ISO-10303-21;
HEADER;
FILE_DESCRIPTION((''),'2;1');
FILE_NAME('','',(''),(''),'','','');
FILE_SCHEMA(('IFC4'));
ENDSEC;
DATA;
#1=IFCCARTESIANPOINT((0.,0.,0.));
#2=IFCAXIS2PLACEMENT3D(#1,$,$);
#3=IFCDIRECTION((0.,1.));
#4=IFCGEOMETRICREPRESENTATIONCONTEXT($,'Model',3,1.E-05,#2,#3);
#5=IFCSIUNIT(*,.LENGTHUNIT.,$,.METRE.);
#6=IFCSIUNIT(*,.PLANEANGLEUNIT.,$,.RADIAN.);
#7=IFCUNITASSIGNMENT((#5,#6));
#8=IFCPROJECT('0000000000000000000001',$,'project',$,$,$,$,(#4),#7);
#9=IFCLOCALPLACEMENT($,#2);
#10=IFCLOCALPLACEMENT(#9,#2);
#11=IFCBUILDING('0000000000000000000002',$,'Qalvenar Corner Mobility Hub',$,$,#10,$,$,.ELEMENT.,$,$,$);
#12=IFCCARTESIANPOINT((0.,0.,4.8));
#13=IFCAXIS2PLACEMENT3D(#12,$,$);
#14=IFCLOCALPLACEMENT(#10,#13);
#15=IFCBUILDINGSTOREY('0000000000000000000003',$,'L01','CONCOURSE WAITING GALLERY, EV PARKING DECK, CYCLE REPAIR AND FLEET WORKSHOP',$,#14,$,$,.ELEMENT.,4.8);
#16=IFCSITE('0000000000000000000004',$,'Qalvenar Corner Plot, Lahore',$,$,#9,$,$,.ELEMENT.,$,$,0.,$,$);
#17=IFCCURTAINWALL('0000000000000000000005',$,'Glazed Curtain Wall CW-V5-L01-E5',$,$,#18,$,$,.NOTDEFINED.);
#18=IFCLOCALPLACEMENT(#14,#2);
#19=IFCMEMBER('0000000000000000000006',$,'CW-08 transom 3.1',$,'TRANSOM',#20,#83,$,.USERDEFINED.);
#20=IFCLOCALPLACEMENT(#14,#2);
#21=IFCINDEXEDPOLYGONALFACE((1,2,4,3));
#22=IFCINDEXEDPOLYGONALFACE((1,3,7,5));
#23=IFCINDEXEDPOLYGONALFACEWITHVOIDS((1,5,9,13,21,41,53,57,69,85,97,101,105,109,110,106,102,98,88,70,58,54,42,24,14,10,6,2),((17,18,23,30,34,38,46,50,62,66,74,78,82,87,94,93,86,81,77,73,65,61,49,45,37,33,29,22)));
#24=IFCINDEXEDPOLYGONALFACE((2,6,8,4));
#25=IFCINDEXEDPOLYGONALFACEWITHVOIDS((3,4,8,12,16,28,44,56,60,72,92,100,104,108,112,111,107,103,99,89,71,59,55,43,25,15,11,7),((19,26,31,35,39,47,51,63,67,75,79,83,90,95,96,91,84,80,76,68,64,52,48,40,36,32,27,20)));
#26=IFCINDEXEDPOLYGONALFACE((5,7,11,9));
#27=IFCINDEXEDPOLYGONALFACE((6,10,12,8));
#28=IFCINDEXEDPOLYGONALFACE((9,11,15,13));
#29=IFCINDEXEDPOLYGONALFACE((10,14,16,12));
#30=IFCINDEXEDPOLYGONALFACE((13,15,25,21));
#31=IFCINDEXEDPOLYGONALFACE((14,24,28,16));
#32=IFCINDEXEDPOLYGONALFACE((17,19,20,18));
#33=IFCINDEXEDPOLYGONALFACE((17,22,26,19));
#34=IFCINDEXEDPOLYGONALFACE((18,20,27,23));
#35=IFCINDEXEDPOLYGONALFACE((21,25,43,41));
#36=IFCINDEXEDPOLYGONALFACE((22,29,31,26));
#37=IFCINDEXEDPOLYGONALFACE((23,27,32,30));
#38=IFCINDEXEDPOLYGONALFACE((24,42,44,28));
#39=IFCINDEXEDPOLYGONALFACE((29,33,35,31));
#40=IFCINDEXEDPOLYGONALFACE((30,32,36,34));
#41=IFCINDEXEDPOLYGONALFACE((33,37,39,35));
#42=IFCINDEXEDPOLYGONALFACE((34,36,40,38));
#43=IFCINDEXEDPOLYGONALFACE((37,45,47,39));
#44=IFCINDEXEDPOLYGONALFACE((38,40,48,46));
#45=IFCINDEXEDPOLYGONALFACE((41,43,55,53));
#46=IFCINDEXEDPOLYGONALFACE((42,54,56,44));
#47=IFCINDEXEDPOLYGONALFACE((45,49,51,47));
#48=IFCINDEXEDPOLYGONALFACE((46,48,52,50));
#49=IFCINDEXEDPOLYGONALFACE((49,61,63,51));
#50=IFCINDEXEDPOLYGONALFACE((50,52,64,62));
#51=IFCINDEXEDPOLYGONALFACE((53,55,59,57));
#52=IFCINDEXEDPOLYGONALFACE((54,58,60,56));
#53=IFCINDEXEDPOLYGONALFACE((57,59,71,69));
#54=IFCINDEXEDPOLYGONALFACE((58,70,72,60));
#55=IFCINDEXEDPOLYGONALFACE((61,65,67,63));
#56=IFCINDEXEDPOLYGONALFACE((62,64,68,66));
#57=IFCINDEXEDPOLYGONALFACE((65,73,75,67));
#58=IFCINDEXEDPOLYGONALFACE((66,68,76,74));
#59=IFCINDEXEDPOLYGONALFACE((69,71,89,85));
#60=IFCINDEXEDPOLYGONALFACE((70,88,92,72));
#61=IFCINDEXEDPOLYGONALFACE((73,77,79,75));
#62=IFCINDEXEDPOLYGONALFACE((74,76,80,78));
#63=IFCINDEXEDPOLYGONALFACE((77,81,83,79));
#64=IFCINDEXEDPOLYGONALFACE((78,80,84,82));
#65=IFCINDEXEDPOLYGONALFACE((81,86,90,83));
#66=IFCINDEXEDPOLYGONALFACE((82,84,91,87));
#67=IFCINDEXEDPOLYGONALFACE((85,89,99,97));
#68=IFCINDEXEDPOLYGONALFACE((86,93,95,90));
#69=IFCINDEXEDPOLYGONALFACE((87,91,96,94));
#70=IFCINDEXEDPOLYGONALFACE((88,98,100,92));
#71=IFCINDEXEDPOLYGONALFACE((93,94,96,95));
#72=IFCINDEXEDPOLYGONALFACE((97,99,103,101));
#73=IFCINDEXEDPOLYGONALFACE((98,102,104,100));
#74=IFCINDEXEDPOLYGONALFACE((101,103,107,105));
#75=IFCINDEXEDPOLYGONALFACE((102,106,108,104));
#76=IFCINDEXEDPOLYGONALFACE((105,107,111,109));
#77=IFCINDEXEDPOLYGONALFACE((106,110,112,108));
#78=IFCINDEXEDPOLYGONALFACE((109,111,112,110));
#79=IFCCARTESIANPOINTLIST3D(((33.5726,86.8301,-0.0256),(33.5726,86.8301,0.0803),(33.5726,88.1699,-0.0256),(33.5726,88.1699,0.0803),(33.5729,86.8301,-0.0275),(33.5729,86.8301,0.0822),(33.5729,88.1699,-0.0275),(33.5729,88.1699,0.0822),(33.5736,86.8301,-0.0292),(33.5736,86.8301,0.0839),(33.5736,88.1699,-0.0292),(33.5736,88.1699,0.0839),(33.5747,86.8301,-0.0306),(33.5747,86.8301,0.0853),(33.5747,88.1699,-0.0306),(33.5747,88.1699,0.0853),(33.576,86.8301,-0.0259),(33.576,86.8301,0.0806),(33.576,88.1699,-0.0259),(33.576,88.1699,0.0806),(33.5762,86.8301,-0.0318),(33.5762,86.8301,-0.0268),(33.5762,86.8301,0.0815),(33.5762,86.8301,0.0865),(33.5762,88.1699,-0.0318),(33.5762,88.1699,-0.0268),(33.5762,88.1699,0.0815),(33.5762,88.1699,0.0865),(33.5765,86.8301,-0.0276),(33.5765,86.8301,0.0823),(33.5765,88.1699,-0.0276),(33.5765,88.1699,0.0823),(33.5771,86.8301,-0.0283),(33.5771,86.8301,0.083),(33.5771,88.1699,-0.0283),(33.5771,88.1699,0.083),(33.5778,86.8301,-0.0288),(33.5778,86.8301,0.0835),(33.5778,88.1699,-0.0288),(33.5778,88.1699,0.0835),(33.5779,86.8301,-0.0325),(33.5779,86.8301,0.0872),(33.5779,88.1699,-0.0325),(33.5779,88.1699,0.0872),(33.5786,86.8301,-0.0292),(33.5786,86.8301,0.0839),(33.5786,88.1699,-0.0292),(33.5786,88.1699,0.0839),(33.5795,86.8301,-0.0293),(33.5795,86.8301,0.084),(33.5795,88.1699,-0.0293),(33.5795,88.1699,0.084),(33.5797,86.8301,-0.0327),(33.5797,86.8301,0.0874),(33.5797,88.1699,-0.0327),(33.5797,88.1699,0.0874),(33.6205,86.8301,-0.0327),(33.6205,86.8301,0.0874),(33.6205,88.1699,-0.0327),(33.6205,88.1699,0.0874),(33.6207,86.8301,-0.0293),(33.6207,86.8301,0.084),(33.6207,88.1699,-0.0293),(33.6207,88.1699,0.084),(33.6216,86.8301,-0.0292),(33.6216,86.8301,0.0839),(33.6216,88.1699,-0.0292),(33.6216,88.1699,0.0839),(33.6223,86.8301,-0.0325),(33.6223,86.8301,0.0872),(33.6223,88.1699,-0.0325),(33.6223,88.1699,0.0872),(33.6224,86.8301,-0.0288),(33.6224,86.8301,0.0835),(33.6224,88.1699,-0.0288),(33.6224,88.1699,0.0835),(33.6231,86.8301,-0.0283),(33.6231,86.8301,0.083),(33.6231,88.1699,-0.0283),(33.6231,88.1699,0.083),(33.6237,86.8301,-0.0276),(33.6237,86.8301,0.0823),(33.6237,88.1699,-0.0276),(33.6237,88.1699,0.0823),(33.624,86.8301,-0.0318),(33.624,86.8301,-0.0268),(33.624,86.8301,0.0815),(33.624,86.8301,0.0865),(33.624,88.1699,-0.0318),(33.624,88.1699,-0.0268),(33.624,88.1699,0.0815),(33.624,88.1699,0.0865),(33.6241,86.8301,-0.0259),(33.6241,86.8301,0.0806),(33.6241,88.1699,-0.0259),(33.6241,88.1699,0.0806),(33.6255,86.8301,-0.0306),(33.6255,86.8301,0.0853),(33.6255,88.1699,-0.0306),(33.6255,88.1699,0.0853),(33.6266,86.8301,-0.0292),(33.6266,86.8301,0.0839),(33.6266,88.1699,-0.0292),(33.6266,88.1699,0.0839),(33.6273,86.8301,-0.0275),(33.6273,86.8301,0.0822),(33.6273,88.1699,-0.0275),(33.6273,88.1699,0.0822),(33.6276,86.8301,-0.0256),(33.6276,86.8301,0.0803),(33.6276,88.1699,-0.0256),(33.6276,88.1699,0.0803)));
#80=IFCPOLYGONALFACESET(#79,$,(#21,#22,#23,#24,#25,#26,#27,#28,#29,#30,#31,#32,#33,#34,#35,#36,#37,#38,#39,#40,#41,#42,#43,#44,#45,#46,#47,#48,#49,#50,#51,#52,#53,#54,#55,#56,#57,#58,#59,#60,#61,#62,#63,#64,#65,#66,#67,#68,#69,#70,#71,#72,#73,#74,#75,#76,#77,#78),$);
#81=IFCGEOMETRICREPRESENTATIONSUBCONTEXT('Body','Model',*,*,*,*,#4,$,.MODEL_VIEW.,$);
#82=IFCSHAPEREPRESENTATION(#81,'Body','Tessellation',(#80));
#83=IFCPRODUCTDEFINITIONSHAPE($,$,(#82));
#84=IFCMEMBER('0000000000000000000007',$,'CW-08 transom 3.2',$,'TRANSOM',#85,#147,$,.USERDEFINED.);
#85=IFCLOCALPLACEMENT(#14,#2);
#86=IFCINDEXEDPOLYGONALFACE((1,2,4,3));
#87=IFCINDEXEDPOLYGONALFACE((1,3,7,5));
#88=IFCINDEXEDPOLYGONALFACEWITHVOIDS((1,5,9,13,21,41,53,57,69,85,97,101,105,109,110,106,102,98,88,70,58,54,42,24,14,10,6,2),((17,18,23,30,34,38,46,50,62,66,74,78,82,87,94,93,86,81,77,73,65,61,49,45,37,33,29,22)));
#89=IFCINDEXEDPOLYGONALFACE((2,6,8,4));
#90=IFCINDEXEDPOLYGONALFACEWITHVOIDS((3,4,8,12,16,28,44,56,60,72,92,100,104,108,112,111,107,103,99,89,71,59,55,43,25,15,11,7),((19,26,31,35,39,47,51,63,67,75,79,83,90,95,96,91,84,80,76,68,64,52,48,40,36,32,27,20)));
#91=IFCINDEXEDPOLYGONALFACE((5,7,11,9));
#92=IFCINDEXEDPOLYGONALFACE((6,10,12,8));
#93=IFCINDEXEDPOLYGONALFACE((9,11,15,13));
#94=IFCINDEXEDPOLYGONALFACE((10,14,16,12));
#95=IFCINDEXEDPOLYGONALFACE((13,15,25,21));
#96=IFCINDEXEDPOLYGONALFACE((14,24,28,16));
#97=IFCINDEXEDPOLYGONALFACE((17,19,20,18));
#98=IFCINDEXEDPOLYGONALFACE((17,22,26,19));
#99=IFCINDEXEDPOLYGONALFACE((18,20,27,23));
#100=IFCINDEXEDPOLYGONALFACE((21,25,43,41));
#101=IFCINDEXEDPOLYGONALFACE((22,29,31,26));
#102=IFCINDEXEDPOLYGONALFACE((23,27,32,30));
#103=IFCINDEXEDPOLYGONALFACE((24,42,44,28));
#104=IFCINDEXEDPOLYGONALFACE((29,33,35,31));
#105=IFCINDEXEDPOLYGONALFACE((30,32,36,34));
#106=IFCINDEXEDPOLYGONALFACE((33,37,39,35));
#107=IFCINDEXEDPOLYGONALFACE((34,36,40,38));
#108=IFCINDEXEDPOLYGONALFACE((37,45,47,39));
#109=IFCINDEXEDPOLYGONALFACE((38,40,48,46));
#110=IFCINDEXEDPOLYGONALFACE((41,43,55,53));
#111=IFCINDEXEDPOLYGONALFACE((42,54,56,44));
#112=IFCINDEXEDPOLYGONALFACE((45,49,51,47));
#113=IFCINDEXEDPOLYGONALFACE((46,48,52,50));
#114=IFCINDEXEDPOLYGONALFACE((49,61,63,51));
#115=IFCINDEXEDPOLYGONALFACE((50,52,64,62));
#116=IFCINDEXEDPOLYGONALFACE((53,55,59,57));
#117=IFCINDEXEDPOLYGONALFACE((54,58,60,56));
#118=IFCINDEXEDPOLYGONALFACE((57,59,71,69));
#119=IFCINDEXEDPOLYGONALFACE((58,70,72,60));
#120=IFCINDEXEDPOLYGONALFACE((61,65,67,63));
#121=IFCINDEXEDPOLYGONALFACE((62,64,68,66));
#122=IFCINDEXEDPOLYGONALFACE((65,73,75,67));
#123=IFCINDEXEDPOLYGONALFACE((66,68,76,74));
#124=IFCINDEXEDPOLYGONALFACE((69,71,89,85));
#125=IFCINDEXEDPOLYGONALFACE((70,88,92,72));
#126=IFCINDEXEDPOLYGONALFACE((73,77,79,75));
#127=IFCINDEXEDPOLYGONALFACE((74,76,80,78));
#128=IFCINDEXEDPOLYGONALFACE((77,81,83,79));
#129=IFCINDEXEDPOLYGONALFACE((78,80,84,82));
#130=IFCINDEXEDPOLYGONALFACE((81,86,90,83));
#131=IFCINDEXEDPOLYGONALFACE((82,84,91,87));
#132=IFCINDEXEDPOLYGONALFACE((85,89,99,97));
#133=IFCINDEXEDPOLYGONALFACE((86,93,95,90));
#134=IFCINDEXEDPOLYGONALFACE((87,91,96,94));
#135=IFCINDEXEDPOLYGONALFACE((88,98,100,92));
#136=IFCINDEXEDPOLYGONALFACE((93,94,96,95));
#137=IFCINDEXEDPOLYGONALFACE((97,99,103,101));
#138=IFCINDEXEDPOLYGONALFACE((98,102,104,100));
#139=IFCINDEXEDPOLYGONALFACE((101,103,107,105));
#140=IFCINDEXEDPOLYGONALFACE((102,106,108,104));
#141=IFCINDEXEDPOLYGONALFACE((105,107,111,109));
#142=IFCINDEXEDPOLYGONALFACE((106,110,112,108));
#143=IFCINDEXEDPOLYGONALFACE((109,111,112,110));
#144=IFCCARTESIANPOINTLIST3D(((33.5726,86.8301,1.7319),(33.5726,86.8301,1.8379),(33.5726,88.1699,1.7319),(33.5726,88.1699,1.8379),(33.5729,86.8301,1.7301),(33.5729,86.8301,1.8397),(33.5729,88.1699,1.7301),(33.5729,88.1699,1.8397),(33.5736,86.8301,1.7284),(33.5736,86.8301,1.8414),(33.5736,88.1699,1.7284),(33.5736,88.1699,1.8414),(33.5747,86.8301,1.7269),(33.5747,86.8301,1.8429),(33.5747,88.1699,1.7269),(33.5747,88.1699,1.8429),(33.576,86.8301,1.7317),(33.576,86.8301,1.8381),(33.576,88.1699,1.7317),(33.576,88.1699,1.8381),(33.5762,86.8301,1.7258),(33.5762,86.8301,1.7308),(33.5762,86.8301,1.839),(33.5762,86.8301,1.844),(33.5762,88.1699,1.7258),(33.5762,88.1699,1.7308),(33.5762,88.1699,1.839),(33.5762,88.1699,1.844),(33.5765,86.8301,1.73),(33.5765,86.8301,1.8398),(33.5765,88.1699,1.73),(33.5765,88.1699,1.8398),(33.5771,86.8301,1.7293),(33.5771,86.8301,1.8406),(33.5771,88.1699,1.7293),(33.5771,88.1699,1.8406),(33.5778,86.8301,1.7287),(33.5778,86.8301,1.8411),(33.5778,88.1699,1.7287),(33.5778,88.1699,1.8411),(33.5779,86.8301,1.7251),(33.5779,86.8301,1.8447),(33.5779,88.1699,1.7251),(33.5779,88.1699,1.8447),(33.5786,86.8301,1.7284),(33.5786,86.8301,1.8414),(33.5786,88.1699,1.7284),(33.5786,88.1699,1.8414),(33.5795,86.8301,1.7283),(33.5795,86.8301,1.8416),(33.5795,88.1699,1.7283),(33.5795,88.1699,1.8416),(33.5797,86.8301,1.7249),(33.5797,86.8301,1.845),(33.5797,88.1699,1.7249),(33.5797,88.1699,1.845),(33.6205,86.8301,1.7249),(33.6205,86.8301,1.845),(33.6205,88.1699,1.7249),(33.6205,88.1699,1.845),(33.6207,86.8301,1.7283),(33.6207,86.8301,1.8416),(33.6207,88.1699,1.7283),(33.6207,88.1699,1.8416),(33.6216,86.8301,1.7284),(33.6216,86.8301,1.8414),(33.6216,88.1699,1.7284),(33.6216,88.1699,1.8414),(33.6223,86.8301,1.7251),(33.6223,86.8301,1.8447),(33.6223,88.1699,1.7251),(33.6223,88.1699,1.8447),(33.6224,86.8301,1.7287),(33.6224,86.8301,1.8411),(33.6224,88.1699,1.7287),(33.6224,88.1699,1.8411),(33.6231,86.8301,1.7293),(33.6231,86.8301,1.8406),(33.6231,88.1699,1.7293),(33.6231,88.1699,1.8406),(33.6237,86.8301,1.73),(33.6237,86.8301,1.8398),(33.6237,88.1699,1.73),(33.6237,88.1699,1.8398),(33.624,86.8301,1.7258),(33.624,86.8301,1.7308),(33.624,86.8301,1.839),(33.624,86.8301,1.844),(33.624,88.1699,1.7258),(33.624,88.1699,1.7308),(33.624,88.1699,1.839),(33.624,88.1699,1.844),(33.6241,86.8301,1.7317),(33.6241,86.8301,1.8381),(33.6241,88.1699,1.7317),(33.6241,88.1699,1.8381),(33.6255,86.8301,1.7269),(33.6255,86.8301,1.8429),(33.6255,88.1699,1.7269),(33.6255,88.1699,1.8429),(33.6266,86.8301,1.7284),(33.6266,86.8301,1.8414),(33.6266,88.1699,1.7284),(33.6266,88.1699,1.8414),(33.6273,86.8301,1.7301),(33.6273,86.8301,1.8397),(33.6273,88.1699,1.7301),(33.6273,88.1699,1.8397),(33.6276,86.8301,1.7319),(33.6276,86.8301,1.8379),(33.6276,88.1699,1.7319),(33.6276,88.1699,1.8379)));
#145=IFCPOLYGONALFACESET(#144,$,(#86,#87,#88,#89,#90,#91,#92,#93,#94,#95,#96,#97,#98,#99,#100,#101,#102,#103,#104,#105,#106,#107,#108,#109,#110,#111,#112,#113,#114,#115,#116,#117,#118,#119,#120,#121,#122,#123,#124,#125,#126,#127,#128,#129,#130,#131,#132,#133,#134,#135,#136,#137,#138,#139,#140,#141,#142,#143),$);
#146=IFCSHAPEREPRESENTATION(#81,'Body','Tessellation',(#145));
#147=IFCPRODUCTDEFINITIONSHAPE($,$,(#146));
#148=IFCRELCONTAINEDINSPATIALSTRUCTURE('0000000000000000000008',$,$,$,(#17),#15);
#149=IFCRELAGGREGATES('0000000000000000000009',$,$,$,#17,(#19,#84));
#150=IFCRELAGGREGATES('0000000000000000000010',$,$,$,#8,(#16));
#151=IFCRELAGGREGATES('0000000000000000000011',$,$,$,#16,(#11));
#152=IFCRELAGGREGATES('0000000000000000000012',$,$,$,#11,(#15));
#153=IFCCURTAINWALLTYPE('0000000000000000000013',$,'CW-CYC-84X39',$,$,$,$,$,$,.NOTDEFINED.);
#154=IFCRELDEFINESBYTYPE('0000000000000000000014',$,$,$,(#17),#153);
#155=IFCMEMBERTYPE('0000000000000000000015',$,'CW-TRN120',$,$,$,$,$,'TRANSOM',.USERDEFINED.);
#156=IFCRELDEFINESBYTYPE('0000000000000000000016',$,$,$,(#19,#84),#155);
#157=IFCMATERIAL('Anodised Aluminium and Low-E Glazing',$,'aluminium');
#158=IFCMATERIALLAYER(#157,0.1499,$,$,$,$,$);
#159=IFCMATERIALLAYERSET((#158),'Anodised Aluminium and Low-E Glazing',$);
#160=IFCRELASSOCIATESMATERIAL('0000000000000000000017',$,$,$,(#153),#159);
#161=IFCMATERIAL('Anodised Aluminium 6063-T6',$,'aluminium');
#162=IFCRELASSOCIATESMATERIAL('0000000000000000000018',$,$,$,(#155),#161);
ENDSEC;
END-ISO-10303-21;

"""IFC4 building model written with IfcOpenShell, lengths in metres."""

from ifc_helpers import new_model, si_unit, direction, frame, origin, origin_2d, place, context, subcontext, project, spatial, hollow_rectangle, extrude, material, layer, layer_set, material_profile, profile_set, type_object, element, aggregate, save


model = new_model("IFC4")

# Units and contexts
model_context = context("Model", 3, precision=1e-05, world=origin(), true_north=direction((0.0, 1.0)))
body_context = subcontext(model_context, "Body", "Model", "MODEL_VIEW")
ifc_project = project(units=[si_unit("LENGTHUNIT", "METRE"), si_unit("PLANEANGLEUNIT", "RADIAN")], contexts=[model_context])

# Site, building, storey
site_placement = place(None, origin())
site = spatial("IfcSite", under=ifc_project, at=site_placement, Name="Qalvenar Corner Plot, Lahore", CompositionType="ELEMENT", RefElevation=0.0)
building_placement = place(site_placement, origin())
building = spatial("IfcBuilding", under=site, at=building_placement, Name="Qalvenar Corner Mobility Hub", CompositionType="ELEMENT")
storey_placement = place(building_placement, frame((0.0, 0.0, 4.8)))
storey = spatial("IfcBuildingStorey", under=building, at=storey_placement, Name="L01", Description="CONCOURSE WAITING GALLERY, EV PARKING DECK, CYCLE REPAIR AND FLEET WORKSHOP", CompositionType="ELEMENT", Elevation=4.8)

# Curtain wall, members
ifc_material_1 = material(Name="Anodised Aluminium and Low-E Glazing", Category="aluminium")
ifc_layer_1 = layer(ifc_material_1, 0.1499)
ifc_layer_set_1 = layer_set([ifc_layer_1], Name="Anodised Aluminium and Low-E Glazing")
curtain_wall_type = type_object("IfcCurtainWallType", Name="CW-CYC-84X39", PredefinedType="NOTDEFINED", material=ifc_layer_set_1)
curtain_wall_placement = place(storey_placement, origin())
curtain_wall = element("IfcCurtainWall", 1, at=curtain_wall_placement, inside=storey, type_object=curtain_wall_type, Name="Glazed Curtain Wall CW-V5-L01-E5", PredefinedType="NOTDEFINED")
ifc_material_2 = material(Name="Anodised Aluminium 6063-T6", Category="aluminium")
ifc_material_profile_1 = material_profile(ifc_material_2, hollow_rectangle(XDim=0.0549, YDim=0.1201, WallThickness=0.0034, InnerFilletRadius=0.0034, OuterFilletRadius=0.0071, at=origin_2d()), Name="RHS120x55x3.5")
ifc_profile_set_1 = profile_set([ifc_material_profile_1], Name="Anodised Aluminium 6063-T6")
member_type_1 = type_object("IfcMemberType", Name="CW-TRN120", ElementType="TRANSOM", PredefinedType="USERDEFINED", material=ifc_profile_set_1)
member_1_placement = place(storey_placement, frame((33.6001, 86.8301, 0.0273), z_axis=(0.0, 1.0, 0.0), x_axis=(-1.0, 0.0, 0.0)))
member_1 = element("IfcMember", 2, at=member_1_placement, type_object=member_type_1, Name="CW-08 transom 3.1", ObjectType="TRANSOM", PredefinedType="USERDEFINED", context=body_context, shape_type="SweptSolid", body=[
    extrude(hollow_rectangle(XDim=0.0549, YDim=0.1201, WallThickness=0.0034, InnerFilletRadius=0.0034, OuterFilletRadius=0.0071, at=origin_2d()), origin(), (0.0, 0.0, 1.0), 1.3398),
])
member_2_placement = place(storey_placement, frame((33.6001, 86.8301, 1.7849), z_axis=(0.0, 1.0, 0.0), x_axis=(-1.0, 0.0, 0.0)))
member_2 = element("IfcMember", 3, at=member_2_placement, type_object=member_type_1, Name="CW-08 transom 3.2", ObjectType="TRANSOM", PredefinedType="USERDEFINED", context=body_context, shape_type="SweptSolid", body=[
    extrude(hollow_rectangle(XDim=0.0549, YDim=0.1201, WallThickness=0.0034, InnerFilletRadius=0.0034, OuterFilletRadius=0.0071, at=origin_2d()), origin(), (0.0, 0.0, 1.0), 1.3398),
])
aggregate(curtain_wall, [member_1, member_2])

save(model, "model.ifc")
